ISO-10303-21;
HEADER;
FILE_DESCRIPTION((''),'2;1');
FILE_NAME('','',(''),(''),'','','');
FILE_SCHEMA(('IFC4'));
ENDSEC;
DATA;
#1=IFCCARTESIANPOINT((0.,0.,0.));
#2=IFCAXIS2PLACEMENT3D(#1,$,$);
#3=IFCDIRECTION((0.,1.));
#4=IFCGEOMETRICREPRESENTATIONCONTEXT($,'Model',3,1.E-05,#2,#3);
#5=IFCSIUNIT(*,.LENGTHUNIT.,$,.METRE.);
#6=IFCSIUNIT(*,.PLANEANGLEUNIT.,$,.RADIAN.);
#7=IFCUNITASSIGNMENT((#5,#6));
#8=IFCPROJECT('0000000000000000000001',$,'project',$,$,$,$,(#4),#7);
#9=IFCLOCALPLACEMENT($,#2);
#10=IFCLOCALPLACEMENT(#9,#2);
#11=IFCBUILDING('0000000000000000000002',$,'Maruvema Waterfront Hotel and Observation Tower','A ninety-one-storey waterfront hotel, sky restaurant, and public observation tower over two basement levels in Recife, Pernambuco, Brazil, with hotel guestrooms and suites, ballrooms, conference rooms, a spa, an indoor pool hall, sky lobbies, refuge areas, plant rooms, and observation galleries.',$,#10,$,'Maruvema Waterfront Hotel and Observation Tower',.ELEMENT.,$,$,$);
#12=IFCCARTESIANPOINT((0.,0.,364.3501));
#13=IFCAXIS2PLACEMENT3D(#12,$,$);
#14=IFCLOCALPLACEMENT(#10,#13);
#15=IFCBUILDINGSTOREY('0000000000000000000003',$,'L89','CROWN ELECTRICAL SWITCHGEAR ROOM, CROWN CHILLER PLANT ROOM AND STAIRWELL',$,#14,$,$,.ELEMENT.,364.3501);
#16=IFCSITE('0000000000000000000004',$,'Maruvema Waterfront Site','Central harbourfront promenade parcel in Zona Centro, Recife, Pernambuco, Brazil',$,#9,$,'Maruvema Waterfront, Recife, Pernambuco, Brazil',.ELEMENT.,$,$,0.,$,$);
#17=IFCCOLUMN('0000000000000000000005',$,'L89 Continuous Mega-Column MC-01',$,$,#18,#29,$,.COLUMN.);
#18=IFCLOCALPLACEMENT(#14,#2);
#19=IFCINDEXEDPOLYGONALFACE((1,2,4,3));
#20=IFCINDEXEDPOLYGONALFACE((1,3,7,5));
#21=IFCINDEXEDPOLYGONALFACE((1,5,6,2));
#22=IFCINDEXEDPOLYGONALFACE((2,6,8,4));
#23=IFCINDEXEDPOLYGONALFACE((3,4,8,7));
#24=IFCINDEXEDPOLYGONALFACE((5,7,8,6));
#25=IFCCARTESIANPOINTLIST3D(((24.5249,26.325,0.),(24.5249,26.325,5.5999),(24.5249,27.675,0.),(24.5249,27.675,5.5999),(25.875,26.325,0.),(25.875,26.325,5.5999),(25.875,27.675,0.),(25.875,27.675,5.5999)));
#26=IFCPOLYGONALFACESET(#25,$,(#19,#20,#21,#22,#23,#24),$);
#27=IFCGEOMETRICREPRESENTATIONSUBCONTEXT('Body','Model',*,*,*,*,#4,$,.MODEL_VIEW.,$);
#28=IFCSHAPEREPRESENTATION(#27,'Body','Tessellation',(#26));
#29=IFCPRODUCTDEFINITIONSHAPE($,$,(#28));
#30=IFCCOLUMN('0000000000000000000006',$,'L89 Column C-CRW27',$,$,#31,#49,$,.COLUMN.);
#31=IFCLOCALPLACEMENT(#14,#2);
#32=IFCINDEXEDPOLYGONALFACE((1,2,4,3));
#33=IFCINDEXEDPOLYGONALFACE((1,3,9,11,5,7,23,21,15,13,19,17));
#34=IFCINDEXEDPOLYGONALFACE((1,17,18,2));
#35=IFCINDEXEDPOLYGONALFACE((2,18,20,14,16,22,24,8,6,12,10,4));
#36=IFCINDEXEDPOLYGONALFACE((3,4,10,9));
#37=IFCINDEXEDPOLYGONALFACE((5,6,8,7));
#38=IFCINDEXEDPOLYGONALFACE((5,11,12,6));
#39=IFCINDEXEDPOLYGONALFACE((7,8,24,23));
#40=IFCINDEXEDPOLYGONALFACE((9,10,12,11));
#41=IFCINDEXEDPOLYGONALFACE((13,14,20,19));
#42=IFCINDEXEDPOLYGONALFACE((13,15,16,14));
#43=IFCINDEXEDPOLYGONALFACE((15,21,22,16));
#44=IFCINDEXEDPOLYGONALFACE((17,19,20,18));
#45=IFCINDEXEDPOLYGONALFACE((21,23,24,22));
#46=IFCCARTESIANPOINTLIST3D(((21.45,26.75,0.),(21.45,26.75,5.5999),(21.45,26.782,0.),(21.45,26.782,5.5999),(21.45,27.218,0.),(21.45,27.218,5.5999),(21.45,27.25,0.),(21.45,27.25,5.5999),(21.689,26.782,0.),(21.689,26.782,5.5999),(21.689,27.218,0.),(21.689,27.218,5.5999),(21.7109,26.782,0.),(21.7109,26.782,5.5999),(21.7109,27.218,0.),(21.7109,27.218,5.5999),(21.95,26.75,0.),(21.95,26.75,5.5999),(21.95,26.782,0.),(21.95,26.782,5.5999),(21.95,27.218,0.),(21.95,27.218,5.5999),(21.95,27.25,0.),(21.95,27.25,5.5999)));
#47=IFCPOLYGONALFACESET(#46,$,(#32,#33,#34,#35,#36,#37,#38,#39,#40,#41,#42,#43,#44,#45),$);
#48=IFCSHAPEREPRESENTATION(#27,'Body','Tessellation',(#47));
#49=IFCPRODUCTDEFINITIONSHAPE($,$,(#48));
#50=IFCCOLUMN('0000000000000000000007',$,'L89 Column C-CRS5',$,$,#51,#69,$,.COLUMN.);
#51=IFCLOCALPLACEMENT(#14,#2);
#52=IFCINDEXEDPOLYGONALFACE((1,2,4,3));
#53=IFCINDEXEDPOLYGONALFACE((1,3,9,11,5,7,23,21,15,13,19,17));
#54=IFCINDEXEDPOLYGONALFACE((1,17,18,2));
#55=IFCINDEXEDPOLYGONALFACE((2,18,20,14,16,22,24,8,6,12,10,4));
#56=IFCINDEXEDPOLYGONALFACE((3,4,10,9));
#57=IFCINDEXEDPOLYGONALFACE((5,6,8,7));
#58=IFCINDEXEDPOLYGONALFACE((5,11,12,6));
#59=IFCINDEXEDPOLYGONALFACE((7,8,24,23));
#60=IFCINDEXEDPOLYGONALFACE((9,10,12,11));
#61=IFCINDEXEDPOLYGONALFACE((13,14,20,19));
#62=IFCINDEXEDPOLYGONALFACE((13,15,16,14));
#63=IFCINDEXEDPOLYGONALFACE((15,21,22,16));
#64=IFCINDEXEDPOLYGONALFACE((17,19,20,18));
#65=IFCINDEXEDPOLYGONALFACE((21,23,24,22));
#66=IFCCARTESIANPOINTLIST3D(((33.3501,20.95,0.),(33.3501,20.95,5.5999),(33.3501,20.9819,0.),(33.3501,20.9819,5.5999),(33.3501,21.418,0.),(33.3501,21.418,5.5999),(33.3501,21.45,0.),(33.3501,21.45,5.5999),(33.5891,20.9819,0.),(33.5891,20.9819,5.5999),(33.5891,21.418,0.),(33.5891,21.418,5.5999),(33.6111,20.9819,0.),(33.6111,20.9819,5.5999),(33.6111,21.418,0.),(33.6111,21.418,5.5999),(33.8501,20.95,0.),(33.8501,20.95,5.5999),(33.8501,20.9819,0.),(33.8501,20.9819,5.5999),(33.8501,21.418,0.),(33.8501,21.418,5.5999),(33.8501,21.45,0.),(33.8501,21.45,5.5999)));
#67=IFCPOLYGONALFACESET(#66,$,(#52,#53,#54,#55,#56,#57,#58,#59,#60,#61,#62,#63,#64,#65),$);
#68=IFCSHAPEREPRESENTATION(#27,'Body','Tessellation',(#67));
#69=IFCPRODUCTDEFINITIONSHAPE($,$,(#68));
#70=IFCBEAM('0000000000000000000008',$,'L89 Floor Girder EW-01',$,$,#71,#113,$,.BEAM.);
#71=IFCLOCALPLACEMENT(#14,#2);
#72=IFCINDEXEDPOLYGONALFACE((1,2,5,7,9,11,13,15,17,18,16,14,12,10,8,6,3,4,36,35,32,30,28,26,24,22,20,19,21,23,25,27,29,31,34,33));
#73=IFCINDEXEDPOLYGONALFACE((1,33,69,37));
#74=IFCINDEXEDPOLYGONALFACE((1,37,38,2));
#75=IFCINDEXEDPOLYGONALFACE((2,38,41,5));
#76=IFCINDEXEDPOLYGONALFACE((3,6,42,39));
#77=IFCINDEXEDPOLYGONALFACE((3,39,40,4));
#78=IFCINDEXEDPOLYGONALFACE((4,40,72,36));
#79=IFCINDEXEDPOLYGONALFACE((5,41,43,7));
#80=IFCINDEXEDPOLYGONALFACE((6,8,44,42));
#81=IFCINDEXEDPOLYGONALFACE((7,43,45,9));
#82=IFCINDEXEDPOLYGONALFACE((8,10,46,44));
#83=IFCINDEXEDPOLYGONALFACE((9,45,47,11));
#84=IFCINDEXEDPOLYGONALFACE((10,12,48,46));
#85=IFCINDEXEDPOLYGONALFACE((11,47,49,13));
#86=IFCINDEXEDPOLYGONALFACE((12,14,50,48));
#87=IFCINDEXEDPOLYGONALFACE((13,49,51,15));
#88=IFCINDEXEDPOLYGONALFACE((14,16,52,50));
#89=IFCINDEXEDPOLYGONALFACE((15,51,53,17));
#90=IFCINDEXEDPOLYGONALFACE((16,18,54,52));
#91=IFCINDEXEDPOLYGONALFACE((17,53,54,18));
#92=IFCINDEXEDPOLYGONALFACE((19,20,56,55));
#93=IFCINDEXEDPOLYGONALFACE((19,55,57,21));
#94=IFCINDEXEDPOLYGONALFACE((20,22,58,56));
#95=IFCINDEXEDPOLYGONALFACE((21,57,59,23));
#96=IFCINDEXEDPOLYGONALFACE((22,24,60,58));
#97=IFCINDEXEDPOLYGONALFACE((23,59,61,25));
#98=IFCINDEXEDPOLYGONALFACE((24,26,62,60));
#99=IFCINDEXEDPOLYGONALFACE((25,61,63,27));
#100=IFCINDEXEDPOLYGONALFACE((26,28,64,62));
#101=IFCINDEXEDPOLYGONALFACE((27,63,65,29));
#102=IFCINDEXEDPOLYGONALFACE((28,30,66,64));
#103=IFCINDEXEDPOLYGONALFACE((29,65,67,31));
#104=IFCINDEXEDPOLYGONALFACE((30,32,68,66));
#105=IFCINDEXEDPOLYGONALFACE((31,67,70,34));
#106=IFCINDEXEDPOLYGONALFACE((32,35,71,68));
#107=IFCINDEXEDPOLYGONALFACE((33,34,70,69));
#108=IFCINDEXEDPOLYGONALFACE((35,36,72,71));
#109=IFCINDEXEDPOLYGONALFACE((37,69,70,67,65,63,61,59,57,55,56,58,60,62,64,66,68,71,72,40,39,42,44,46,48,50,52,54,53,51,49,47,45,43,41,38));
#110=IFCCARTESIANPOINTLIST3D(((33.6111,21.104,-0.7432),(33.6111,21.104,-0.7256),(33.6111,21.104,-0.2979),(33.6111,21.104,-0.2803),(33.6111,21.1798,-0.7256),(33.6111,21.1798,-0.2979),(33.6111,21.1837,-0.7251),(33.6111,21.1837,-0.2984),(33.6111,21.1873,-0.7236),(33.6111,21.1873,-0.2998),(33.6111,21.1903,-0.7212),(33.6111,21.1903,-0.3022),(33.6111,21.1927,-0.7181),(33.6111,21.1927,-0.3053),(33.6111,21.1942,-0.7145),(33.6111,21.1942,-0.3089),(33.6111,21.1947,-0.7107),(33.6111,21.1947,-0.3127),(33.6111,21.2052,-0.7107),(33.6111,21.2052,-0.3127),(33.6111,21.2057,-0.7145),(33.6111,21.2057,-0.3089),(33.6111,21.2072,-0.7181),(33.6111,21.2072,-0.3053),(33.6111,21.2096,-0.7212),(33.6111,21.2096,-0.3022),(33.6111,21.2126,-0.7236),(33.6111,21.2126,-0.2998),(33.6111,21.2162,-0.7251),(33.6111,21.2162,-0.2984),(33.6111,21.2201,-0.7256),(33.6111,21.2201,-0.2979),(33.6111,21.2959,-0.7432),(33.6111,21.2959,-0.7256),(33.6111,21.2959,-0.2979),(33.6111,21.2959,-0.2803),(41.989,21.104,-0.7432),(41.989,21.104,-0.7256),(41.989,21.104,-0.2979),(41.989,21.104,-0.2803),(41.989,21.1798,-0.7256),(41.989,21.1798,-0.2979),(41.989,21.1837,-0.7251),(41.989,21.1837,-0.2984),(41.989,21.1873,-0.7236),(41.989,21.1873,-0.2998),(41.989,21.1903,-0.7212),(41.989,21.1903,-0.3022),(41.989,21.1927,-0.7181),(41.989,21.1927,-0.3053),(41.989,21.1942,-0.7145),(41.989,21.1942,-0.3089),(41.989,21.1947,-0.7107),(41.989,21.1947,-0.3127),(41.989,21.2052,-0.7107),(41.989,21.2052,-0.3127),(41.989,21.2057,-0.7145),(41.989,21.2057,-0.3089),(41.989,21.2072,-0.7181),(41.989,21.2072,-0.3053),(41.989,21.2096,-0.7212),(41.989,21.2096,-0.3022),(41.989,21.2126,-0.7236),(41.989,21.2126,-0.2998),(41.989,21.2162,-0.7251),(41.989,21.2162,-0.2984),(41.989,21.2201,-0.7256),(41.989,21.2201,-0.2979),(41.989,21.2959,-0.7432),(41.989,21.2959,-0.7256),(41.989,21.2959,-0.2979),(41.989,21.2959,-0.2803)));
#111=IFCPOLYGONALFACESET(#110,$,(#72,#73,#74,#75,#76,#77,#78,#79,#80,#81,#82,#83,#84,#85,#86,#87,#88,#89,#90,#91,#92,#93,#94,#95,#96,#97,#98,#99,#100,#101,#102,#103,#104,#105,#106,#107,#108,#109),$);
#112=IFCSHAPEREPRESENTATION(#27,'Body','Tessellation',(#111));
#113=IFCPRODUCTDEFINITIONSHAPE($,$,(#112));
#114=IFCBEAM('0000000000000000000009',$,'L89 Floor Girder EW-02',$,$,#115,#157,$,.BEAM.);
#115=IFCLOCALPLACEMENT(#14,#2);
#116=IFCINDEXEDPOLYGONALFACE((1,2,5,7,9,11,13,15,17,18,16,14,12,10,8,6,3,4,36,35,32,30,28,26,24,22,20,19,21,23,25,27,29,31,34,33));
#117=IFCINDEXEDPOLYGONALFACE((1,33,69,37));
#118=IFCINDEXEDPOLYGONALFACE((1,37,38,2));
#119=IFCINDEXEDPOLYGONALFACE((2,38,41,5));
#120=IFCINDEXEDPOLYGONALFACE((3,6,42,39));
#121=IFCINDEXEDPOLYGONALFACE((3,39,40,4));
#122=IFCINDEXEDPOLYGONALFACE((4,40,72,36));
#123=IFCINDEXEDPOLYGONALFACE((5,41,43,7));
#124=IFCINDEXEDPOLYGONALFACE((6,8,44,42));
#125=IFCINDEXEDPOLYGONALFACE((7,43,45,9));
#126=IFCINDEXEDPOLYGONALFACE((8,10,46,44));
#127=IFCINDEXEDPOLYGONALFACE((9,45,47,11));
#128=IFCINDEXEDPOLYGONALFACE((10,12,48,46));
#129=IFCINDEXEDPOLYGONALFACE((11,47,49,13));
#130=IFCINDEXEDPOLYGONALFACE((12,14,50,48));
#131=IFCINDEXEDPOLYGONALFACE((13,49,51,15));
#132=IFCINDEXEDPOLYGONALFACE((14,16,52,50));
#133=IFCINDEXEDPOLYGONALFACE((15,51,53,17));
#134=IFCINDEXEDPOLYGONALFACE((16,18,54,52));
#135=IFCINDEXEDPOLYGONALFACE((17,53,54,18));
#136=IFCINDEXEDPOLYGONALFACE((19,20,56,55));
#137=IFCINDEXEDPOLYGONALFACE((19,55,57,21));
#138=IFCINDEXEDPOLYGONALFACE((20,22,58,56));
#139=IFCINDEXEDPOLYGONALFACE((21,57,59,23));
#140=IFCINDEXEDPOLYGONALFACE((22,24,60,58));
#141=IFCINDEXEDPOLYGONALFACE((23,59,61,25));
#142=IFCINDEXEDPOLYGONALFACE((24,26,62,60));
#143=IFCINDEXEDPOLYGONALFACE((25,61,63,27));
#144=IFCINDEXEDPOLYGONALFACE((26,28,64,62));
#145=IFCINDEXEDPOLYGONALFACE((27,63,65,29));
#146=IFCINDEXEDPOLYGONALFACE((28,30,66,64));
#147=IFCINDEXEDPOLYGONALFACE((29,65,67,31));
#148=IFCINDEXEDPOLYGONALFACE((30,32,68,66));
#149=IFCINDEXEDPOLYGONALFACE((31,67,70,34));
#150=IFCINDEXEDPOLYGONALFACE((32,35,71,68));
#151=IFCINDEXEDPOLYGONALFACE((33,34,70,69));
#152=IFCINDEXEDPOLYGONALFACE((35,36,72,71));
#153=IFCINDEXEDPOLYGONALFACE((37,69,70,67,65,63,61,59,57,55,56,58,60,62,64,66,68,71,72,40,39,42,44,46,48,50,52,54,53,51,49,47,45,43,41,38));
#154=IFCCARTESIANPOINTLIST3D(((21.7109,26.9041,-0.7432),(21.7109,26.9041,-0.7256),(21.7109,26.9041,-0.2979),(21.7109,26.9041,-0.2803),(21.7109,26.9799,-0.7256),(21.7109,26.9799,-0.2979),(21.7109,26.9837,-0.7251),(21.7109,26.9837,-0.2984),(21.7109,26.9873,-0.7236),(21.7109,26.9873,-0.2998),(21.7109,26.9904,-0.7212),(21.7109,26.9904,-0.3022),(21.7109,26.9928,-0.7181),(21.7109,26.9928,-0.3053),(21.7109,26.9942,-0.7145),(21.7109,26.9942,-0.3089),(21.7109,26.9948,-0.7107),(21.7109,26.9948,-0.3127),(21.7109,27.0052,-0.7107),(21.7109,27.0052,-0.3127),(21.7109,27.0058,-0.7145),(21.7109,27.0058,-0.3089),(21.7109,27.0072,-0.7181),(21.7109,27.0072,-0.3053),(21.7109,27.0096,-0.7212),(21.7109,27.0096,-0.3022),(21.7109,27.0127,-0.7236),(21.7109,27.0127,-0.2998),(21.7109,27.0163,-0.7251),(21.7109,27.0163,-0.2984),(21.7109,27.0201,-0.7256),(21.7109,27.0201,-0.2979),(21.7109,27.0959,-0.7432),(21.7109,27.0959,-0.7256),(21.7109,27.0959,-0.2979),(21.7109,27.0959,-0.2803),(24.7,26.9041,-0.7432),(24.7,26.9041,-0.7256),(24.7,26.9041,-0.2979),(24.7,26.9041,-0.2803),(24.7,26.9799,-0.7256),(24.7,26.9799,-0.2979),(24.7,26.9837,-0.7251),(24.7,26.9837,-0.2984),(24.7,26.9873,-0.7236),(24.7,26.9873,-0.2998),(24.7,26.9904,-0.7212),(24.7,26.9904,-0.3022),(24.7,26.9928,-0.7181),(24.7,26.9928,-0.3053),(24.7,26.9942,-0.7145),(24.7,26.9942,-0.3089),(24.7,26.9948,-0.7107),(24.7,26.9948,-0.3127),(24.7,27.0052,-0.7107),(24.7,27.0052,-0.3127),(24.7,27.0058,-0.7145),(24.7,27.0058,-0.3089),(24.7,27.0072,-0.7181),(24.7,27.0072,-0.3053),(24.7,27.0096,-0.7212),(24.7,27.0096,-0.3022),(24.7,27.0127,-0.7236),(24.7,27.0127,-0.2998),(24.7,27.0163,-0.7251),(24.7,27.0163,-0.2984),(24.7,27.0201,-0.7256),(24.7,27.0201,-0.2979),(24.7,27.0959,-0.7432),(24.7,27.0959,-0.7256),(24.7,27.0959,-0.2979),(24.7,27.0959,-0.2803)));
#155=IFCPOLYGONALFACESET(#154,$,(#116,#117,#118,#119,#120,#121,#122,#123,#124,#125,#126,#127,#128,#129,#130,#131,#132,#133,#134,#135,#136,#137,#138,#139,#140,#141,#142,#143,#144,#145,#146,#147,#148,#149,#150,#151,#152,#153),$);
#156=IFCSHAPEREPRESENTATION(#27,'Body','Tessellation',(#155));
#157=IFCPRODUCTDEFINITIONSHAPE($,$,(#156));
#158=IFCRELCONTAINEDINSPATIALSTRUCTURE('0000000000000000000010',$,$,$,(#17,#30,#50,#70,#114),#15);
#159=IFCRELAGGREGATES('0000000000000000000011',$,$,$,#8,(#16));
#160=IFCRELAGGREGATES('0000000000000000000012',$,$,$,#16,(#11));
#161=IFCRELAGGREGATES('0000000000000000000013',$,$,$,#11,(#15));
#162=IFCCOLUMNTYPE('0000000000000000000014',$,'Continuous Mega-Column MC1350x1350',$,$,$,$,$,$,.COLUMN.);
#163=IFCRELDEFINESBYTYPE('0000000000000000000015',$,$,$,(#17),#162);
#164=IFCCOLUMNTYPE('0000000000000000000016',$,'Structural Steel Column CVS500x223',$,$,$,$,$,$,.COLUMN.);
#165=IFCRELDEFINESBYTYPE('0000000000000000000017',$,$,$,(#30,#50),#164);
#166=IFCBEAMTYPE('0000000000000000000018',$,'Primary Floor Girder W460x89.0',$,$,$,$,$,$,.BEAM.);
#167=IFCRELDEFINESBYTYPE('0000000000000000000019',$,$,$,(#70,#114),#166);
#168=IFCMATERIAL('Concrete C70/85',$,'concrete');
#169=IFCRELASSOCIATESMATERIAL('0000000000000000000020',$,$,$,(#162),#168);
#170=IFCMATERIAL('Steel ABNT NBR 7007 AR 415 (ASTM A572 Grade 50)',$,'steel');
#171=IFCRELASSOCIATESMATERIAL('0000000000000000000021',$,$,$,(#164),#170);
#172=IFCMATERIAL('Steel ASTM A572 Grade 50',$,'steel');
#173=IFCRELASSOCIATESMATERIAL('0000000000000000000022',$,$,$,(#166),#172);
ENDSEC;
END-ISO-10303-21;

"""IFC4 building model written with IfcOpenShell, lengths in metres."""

from ifc_helpers import new_model, si_unit, direction, frame, origin, origin_2d, place, context, subcontext, project, spatial, rectangle, i_section, extrude, material, material_profile, profile_set, type_object, element, save


model = new_model("IFC4")

# Units and contexts
model_context = context("Model", 3, precision=1e-05, world=origin(), true_north=direction((0.0, 1.0)))
body_context = subcontext(model_context, "Body", "Model", "MODEL_VIEW")
ifc_project = project(units=[si_unit("LENGTHUNIT", "METRE"), si_unit("PLANEANGLEUNIT", "RADIAN")], contexts=[model_context])

# Site, building, storey
site_placement = place(None, origin())
site = spatial("IfcSite", under=ifc_project, at=site_placement, Name="Maruvema Waterfront Site", Description="Central harbourfront promenade parcel in Zona Centro, Recife, Pernambuco, Brazil", LongName="Maruvema Waterfront, Recife, Pernambuco, Brazil", CompositionType="ELEMENT", RefElevation=0.0)
building_placement = place(site_placement, origin())
building = spatial("IfcBuilding", under=site, at=building_placement, Name="Maruvema Waterfront Hotel and Observation Tower", Description="A ninety-one-storey waterfront hotel, sky restaurant, and public observation tower over two basement levels in Recife, Pernambuco, Brazil, with hotel guestrooms and suites, ballrooms, conference rooms, a spa, an indoor pool hall, sky lobbies, refuge areas, plant rooms, and observation galleries.", LongName="Maruvema Waterfront Hotel and Observation Tower", CompositionType="ELEMENT")
storey_placement = place(building_placement, frame((0.0, 0.0, 364.3501)))
storey = spatial("IfcBuildingStorey", under=building, at=storey_placement, Name="L89", Description="CROWN ELECTRICAL SWITCHGEAR ROOM, CROWN CHILLER PLANT ROOM AND STAIRWELL", CompositionType="ELEMENT", Elevation=364.3501)

# Columns
ifc_material_1 = material(Name="Concrete C70/85", Category="concrete")
ifc_material_profile_1 = material_profile(ifc_material_1, rectangle(XDim=1.3501, YDim=1.3501, at=origin_2d()), Name="MC1350x1350")
ifc_profile_set_1 = profile_set([ifc_material_profile_1], Name="Concrete C70/85")
column_type_1 = type_object("IfcColumnType", Name="Continuous Mega-Column MC1350x1350", PredefinedType="COLUMN", material=ifc_profile_set_1)
column_placement = place(storey_placement, frame((25.2, 27.0, 0.0), z_axis=(0.0, 0.0, 1.0), x_axis=(1.0, 0.0, 0.0)))
element("IfcColumn", 1, at=column_placement, inside=storey, type_object=column_type_1, Name="L89 Continuous Mega-Column MC-01", PredefinedType="COLUMN", context=body_context, shape_type="SweptSolid", body=[
    extrude(rectangle(XDim=1.3501, YDim=1.3501, at=origin_2d()), origin(), (0.0, 0.0, 1.0), 5.5999),
])
ifc_material_2 = material(Name="Steel ABNT NBR 7007 AR 415 (ASTM A572 Grade 50)", Category="steel")
ifc_material_profile_2 = material_profile(ifc_material_2, i_section(OverallWidth=0.5, OverallDepth=0.5, WebThickness=0.022, FlangeThickness=0.032, at=origin_2d()), Name="CVS500x223")
ifc_profile_set_2 = profile_set([ifc_material_profile_2], Name="Steel ABNT NBR 7007 AR 415 (ASTM A572 Grade 50)")
column_type_2 = type_object("IfcColumnType", Name="Structural Steel Column CVS500x223", PredefinedType="COLUMN", material=ifc_profile_set_2)
for number, where, z_axis, x_axis, name in (
    (2, (21.7, 27.0, 0.0), (0.0, 0.0, 1.0), (1.0, 0.0, 0.0), "L89 Column C-CRW27"),
    (3, (33.6001, 21.2, 0.0), (0.0, 0.0, 1.0), (1.0, 0.0, 0.0), "L89 Column C-CRS5"),
):
    element("IfcColumn", number, at=place(storey_placement, frame(where, z_axis=z_axis, x_axis=x_axis)), inside=storey, type_object=column_type_2, Name=name, PredefinedType="COLUMN", context=body_context, shape_type="SweptSolid", body=[
        extrude(i_section(OverallWidth=0.5, OverallDepth=0.5, WebThickness=0.022, FlangeThickness=0.032, at=origin_2d()), origin(), (0.0, 0.0, 1.0), 5.5999),
    ])

# Beams
ifc_material_3 = material(Name="Steel ASTM A572 Grade 50", Category="steel")
ifc_material_profile_3 = material_profile(ifc_material_3, i_section(OverallWidth=0.1919, OverallDepth=0.4629, WebThickness=0.0105, FlangeThickness=0.0176, FilletRadius=0.0149, at=origin_2d()), Name="W460x89.0")
ifc_profile_set_3 = profile_set([ifc_material_profile_3], Name="Steel ASTM A572 Grade 50")
beam_type_1 = type_object("IfcBeamType", Name="Primary Floor Girder W460x89.0", PredefinedType="BEAM", material=ifc_profile_set_3)
beam_1_placement = place(storey_placement, frame((33.6111, 21.2, -0.5117), z_axis=(1.0, 0.0, 0.0), x_axis=(0.0, 1.0, 0.0)))
element("IfcBeam", 4, at=beam_1_placement, inside=storey, type_object=beam_type_1, Name="L89 Floor Girder EW-01", PredefinedType="BEAM", context=body_context, shape_type="SweptSolid", body=[
    extrude(i_section(OverallWidth=0.1919, OverallDepth=0.4629, WebThickness=0.0105, FlangeThickness=0.0176, FilletRadius=0.0149, at=origin_2d()), origin(), (0.0, 0.0, 1.0), 8.3779),
])
beam_2_placement = place(storey_placement, frame((21.7109, 27.0, -0.5117), z_axis=(1.0, 0.0, 0.0), x_axis=(0.0, 1.0, 0.0)))
element("IfcBeam", 5, at=beam_2_placement, inside=storey, type_object=beam_type_1, Name="L89 Floor Girder EW-02", PredefinedType="BEAM", context=body_context, shape_type="SweptSolid", body=[
    extrude(i_section(OverallWidth=0.1919, OverallDepth=0.4629, WebThickness=0.0105, FlangeThickness=0.0176, FilletRadius=0.0149, at=origin_2d()), origin(), (0.0, 0.0, 1.0), 2.989),
])

save(model, "model.ifc")
